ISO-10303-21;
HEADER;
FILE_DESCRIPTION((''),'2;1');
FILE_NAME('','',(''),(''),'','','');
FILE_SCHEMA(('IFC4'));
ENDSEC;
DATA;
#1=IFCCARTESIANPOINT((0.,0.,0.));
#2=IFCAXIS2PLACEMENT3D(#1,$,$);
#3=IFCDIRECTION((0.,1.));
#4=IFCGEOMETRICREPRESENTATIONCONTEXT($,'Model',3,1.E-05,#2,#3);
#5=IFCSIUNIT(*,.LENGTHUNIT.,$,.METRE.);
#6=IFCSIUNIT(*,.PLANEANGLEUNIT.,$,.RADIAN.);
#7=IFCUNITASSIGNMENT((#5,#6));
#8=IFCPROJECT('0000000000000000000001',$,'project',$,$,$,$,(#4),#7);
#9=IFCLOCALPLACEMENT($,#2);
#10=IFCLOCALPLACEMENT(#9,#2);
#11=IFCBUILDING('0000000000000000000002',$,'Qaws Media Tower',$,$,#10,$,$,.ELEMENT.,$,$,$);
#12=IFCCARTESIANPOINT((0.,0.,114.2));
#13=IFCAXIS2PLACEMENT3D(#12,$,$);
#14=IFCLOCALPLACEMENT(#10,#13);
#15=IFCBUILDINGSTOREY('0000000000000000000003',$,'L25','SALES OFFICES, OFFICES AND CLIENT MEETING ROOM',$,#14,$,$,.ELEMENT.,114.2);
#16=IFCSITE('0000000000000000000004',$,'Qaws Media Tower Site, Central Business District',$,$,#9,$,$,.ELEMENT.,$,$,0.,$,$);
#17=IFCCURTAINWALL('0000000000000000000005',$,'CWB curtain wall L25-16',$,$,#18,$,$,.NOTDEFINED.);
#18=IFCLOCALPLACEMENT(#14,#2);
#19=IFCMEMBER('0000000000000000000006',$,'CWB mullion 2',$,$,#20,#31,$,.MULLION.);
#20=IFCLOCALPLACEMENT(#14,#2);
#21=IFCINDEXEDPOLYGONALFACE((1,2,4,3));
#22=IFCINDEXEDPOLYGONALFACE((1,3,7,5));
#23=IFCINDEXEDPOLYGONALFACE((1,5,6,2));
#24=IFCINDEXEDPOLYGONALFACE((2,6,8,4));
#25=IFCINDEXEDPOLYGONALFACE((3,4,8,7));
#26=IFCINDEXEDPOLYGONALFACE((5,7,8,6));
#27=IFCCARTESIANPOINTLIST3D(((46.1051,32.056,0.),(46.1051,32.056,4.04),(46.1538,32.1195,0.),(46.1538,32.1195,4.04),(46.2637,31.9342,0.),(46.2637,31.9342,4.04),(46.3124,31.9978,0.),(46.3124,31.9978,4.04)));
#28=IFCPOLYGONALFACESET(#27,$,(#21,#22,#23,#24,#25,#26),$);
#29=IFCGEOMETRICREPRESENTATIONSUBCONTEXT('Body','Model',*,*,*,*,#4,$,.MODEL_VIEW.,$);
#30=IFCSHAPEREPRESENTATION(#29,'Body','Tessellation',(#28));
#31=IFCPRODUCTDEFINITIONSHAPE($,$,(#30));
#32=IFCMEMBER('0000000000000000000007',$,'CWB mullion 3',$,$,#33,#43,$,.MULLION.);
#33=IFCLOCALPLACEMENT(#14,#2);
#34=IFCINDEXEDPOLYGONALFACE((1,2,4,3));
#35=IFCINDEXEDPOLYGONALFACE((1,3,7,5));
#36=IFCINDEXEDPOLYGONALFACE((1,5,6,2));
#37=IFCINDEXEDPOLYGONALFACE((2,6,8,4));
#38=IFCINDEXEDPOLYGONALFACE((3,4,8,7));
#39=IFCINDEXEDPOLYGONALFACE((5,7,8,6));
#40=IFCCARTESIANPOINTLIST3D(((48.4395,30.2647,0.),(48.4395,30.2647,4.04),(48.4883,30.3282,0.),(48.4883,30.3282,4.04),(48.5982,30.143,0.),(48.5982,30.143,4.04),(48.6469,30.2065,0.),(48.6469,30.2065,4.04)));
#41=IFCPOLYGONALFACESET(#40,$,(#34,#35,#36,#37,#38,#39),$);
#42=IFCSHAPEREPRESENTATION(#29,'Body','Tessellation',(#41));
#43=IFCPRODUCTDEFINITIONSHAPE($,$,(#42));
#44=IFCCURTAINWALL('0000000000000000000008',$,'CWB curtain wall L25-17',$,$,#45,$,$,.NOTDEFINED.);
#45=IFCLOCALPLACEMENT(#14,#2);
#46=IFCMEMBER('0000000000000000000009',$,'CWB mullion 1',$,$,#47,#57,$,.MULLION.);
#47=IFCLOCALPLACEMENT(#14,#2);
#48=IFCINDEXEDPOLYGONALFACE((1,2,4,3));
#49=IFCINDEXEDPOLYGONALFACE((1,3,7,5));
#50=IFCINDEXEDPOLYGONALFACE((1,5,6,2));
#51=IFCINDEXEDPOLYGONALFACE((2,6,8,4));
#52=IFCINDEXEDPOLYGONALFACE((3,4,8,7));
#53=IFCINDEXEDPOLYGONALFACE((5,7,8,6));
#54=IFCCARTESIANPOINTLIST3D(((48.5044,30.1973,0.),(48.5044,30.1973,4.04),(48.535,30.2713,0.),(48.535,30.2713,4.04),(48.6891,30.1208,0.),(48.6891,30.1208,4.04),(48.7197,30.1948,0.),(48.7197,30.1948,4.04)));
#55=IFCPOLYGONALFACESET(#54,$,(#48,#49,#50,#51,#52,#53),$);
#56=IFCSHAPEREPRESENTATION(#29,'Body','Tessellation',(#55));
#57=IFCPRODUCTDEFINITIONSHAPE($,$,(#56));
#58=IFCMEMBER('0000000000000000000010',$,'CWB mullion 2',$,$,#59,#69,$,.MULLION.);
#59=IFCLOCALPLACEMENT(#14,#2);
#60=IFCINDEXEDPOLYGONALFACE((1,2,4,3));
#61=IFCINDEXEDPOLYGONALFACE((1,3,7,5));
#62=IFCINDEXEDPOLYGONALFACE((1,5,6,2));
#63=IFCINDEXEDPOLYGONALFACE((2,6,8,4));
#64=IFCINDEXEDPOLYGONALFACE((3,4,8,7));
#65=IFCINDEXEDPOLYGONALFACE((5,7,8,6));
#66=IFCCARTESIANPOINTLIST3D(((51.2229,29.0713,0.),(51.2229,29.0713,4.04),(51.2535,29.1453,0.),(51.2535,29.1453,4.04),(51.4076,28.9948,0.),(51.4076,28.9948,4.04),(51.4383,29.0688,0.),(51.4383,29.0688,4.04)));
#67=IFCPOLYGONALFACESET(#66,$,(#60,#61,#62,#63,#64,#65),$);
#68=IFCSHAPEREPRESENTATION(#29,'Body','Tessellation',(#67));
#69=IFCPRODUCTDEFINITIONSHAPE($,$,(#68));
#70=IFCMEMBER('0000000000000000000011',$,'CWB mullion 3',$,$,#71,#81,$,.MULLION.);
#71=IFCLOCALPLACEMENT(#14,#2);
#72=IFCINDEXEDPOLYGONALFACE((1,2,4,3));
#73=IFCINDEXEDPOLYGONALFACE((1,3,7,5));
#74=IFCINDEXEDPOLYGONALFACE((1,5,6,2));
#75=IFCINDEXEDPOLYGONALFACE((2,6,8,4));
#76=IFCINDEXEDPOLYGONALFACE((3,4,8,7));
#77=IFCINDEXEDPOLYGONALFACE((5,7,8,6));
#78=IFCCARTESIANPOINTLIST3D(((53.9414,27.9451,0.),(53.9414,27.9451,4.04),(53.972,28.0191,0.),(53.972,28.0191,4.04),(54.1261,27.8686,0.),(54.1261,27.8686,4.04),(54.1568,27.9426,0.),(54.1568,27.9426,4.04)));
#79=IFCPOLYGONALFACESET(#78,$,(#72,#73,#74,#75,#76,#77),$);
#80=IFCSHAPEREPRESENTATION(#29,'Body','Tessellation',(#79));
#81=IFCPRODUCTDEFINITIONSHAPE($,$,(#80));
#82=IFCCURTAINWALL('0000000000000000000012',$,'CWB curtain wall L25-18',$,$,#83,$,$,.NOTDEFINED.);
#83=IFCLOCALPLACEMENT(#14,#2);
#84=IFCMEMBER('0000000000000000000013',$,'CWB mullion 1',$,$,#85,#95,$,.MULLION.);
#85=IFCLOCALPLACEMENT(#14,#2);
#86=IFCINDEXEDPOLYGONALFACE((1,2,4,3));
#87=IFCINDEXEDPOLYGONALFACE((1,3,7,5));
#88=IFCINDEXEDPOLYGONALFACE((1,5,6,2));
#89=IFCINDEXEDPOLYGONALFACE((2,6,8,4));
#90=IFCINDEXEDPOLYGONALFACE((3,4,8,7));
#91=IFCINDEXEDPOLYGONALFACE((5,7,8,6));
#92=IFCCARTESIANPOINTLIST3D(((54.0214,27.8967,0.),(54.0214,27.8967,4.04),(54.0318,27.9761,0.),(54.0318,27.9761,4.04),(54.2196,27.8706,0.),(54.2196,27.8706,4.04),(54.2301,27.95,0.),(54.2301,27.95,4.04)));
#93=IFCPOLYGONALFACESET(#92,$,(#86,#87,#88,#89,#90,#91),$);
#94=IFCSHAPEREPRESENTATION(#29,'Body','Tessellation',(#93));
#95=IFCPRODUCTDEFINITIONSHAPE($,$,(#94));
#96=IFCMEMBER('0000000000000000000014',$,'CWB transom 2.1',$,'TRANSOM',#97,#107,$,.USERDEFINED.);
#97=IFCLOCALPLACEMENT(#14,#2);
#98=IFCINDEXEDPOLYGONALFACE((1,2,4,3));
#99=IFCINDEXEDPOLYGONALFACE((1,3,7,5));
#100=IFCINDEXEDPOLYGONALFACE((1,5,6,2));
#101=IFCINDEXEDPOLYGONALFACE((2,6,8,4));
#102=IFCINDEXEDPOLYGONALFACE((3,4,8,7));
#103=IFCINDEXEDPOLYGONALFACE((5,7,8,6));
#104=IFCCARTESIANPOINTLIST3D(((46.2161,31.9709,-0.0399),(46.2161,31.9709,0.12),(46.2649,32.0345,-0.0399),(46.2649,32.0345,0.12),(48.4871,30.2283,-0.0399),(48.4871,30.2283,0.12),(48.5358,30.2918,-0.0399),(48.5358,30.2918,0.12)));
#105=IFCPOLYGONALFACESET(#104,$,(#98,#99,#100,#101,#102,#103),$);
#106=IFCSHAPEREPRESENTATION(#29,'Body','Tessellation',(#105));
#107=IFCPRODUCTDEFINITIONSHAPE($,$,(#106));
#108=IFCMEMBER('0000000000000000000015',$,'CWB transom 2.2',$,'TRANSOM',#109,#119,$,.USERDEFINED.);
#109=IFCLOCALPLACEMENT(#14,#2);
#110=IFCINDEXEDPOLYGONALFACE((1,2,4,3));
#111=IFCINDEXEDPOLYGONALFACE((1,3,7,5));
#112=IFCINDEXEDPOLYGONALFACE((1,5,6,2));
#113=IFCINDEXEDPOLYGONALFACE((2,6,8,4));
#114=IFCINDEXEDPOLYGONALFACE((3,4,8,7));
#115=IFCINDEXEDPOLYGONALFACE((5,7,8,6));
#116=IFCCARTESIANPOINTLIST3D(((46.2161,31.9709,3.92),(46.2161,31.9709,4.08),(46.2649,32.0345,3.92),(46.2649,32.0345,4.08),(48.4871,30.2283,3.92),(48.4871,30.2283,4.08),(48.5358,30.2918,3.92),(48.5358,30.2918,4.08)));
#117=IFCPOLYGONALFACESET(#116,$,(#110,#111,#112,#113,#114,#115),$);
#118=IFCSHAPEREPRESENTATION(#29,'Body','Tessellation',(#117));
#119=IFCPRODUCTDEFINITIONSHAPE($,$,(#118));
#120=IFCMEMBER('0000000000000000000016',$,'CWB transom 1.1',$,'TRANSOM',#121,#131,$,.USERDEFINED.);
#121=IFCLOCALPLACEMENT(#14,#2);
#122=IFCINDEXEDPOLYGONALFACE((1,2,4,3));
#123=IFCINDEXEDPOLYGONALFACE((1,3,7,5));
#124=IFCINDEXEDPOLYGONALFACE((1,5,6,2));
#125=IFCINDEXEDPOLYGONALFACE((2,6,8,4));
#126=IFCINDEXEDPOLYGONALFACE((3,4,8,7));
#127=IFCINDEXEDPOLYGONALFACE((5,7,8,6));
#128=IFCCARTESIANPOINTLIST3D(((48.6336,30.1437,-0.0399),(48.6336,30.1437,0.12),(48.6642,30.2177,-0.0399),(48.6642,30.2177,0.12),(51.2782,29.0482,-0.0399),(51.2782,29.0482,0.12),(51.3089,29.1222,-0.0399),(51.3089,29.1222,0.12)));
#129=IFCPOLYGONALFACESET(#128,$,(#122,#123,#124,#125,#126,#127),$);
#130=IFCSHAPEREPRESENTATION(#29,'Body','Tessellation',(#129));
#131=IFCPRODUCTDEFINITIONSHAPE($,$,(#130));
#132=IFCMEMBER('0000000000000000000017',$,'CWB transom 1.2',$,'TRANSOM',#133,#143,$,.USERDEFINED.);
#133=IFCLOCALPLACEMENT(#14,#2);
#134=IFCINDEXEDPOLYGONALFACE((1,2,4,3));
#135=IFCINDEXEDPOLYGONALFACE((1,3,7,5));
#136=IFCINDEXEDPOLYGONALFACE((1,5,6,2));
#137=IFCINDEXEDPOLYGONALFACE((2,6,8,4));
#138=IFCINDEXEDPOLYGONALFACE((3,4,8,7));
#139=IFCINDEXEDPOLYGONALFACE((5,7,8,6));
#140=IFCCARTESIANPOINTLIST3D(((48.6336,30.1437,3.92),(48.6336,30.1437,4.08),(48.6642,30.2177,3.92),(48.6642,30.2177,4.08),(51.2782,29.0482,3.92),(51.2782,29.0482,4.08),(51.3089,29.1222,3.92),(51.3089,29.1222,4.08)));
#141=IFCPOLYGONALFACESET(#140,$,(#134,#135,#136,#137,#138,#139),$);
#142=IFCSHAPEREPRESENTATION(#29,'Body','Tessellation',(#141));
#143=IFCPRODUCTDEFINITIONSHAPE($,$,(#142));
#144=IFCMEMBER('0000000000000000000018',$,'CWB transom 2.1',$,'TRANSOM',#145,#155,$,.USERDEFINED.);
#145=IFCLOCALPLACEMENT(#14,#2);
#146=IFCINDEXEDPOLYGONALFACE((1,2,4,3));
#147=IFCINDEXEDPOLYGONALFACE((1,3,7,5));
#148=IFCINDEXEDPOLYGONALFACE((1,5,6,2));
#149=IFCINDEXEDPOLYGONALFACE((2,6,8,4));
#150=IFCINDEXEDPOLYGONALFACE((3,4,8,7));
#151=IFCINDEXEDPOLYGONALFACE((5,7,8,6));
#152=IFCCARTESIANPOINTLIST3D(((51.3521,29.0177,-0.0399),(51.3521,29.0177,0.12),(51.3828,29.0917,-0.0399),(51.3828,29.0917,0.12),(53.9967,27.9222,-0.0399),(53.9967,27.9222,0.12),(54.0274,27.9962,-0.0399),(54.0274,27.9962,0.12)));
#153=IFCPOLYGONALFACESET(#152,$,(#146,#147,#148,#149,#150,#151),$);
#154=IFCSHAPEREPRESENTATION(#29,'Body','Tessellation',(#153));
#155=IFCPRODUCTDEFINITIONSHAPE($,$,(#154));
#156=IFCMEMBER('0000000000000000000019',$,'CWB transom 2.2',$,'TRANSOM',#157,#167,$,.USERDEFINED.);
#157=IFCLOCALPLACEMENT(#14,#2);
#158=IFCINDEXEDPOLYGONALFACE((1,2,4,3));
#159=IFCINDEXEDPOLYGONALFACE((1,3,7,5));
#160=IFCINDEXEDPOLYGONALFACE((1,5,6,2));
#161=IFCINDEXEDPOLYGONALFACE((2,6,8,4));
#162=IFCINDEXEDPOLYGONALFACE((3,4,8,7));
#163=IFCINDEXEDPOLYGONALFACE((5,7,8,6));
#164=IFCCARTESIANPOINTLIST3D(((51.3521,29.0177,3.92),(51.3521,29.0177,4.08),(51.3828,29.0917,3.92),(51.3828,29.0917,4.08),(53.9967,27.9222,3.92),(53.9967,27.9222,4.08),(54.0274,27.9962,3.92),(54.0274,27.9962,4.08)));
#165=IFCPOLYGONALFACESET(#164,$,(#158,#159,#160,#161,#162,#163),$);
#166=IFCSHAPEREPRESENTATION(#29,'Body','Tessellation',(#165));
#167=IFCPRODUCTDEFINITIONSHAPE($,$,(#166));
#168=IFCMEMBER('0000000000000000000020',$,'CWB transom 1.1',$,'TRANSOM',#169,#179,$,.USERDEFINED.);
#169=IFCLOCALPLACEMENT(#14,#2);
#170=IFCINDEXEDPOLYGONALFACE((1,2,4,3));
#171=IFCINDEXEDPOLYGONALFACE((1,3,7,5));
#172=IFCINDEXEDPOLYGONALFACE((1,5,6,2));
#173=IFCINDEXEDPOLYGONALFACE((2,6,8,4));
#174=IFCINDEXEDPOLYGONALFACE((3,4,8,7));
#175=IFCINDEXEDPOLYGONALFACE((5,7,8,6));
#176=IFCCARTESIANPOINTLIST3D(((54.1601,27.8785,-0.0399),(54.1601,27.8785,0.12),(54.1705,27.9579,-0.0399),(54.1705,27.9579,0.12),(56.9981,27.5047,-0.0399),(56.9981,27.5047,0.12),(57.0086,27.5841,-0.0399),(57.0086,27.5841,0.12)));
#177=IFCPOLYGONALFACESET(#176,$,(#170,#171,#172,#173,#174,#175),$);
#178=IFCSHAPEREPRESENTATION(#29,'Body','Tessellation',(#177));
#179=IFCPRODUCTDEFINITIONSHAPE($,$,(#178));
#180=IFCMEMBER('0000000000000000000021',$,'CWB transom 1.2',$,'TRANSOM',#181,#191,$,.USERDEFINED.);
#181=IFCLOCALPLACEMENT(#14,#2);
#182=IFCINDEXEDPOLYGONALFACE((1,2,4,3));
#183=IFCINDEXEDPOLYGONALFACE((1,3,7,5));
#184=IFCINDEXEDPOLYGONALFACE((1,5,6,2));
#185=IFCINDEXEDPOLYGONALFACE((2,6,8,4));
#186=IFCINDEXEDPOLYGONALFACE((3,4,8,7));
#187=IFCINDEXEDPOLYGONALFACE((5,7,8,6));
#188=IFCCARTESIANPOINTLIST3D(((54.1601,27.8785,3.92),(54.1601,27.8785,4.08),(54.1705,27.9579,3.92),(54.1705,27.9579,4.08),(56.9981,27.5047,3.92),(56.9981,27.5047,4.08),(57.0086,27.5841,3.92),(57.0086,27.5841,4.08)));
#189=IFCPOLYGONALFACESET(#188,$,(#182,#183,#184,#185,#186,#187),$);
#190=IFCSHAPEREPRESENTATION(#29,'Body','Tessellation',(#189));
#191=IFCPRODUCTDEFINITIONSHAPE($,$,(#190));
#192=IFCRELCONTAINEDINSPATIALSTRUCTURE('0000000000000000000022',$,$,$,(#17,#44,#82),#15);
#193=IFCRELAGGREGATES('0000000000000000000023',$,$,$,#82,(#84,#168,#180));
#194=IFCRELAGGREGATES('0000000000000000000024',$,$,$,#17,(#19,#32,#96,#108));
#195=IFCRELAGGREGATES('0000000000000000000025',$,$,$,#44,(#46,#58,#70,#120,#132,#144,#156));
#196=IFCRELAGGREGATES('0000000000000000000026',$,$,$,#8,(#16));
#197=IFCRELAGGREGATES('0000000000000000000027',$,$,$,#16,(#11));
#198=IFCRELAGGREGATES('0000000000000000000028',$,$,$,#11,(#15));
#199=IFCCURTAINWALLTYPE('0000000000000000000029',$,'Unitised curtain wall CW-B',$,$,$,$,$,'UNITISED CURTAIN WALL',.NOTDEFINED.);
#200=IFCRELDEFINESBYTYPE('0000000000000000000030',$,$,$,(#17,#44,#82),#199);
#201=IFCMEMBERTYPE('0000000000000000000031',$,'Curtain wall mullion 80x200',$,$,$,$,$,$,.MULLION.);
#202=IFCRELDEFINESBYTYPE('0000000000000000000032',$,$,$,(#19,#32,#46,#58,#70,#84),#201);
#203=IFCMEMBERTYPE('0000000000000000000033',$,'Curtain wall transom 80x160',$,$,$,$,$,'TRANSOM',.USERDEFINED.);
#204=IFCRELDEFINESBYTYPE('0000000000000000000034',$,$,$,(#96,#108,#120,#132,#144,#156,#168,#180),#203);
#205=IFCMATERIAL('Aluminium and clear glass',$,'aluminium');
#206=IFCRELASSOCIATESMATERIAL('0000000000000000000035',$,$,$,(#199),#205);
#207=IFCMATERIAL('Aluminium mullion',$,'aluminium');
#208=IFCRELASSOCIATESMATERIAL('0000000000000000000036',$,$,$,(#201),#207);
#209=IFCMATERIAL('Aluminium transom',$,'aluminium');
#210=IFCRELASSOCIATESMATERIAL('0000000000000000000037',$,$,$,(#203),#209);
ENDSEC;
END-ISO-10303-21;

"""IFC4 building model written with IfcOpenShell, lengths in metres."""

from ifc_helpers import new_model, si_unit, direction, frame, origin, origin_2d, place, context, subcontext, project, spatial, rectangle, extrude, material, material_profile, profile_set, type_object, element, aggregate, save


model = new_model("IFC4")

# Units and contexts
model_context = context("Model", 3, precision=1e-05, world=origin(), true_north=direction((0.0, 1.0)))
body_context = subcontext(model_context, "Body", "Model", "MODEL_VIEW")
ifc_project = project(units=[si_unit("LENGTHUNIT", "METRE"), si_unit("PLANEANGLEUNIT", "RADIAN")], contexts=[model_context])

# Site, building, storey
site_placement = place(None, origin())
site = spatial("IfcSite", under=ifc_project, at=site_placement, Name="Qaws Media Tower Site, Central Business District", CompositionType="ELEMENT", RefElevation=0.0)
building_placement = place(site_placement, origin())
building = spatial("IfcBuilding", under=site, at=building_placement, Name="Qaws Media Tower", CompositionType="ELEMENT")
storey_placement = place(building_placement, frame((0.0, 0.0, 114.2)))
storey = spatial("IfcBuildingStorey", under=building, at=storey_placement, Name="L25", Description="SALES OFFICES, OFFICES AND CLIENT MEETING ROOM", CompositionType="ELEMENT", Elevation=114.2)

# Curtain walls, members
ifc_material_1 = material(Name="Aluminium and clear glass", Category="aluminium")
curtain_wall_type = type_object("IfcCurtainWallType", Name="Unitised curtain wall CW-B", ElementType="UNITISED CURTAIN WALL", PredefinedType="NOTDEFINED", material=ifc_material_1)
curtain_wall_1_placement = place(storey_placement, origin())
curtain_wall_1 = element("IfcCurtainWall", 1, at=curtain_wall_1_placement, inside=storey, type_object=curtain_wall_type, Name="CWB curtain wall L25-16", PredefinedType="NOTDEFINED")
ifc_material_2 = material(Name="Aluminium mullion", Category="aluminium")
ifc_material_profile_1 = material_profile(ifc_material_2, rectangle(XDim=0.0801, YDim=0.2, at=origin_2d()), Name="80x200")
ifc_profile_set_1 = profile_set([ifc_material_profile_1], Name="Aluminium mullion")
member_type_1 = type_object("IfcMemberType", Name="Curtain wall mullion 80x200", PredefinedType="MULLION", material=ifc_profile_set_1)
member_1_placement = place(storey_placement, frame((46.2087, 32.0269, 0.0), z_axis=(0.0, 0.0, 1.0), x_axis=(0.608761, 0.793353, 0.0)))
member_1 = element("IfcMember", 2, at=member_1_placement, type_object=member_type_1, Name="CWB mullion 2", PredefinedType="MULLION", context=body_context, shape_type="SweptSolid", body=[
    extrude(rectangle(XDim=0.0801, YDim=0.2, at=origin_2d()), origin(), (0.0, 0.0, 1.0), 4.04),
])
member_2_placement = place(storey_placement, frame((48.5432, 30.2356, 0.0), z_axis=(0.0, 0.0, 1.0), x_axis=(0.608761, 0.793353, 0.0)))
member_2 = element("IfcMember", 3, at=member_2_placement, type_object=member_type_1, Name="CWB mullion 3", PredefinedType="MULLION", context=body_context, shape_type="SweptSolid", body=[
    extrude(rectangle(XDim=0.0801, YDim=0.2, at=origin_2d()), origin(), (0.0, 0.0, 1.0), 4.04),
])
curtain_wall_2_placement = place(storey_placement, origin())
curtain_wall_2 = element("IfcCurtainWall", 4, at=curtain_wall_2_placement, inside=storey, type_object=curtain_wall_type, Name="CWB curtain wall L25-17", PredefinedType="NOTDEFINED")
member_3_placement = place(storey_placement, frame((48.6121, 30.196, 0.0), z_axis=(0.0, 0.0, 1.0), x_axis=(0.382683, 0.92388, 0.0)))
member_3 = element("IfcMember", 5, at=member_3_placement, type_object=member_type_1, Name="CWB mullion 1", PredefinedType="MULLION", context=body_context, shape_type="SweptSolid", body=[
    extrude(rectangle(XDim=0.0801, YDim=0.2, at=origin_2d()), origin(), (0.0, 0.0, 1.0), 4.04),
])
member_4_placement = place(storey_placement, frame((51.3306, 29.0701, 0.0), z_axis=(0.0, 0.0, 1.0), x_axis=(0.382683, 0.92388, 0.0)))
member_4 = element("IfcMember", 6, at=member_4_placement, type_object=member_type_1, Name="CWB mullion 2", PredefinedType="MULLION", context=body_context, shape_type="SweptSolid", body=[
    extrude(rectangle(XDim=0.0801, YDim=0.2, at=origin_2d()), origin(), (0.0, 0.0, 1.0), 4.04),
])
member_5_placement = place(storey_placement, frame((54.0491, 27.9438, 0.0), z_axis=(0.0, 0.0, 1.0), x_axis=(0.382683, 0.92388, 0.0)))
member_5 = element("IfcMember", 7, at=member_5_placement, type_object=member_type_1, Name="CWB mullion 3", PredefinedType="MULLION", context=body_context, shape_type="SweptSolid", body=[
    extrude(rectangle(XDim=0.0801, YDim=0.2, at=origin_2d()), origin(), (0.0, 0.0, 1.0), 4.04),
])

# Curtain wall, member
curtain_wall_3_placement = place(storey_placement, origin())
curtain_wall_3 = element("IfcCurtainWall", 8, at=curtain_wall_3_placement, inside=storey, type_object=curtain_wall_type, Name="CWB curtain wall L25-18", PredefinedType="NOTDEFINED")
member_6_placement = place(storey_placement, frame((54.1257, 27.9233, 0.0), z_axis=(0.0, 0.0, 1.0), x_axis=(0.130526, 0.991445, 0.0)))
member_6 = element("IfcMember", 9, at=member_6_placement, type_object=member_type_1, Name="CWB mullion 1", PredefinedType="MULLION", context=body_context, shape_type="SweptSolid", body=[
    extrude(rectangle(XDim=0.0801, YDim=0.2, at=origin_2d()), origin(), (0.0, 0.0, 1.0), 4.04),
])

# Members
ifc_material_3 = material(Name="Aluminium transom", Category="aluminium")
ifc_material_profile_2 = material_profile(ifc_material_3, rectangle(XDim=0.0801, YDim=0.1599, at=origin_2d()), Name="80x160")
ifc_profile_set_2 = profile_set([ifc_material_profile_2], Name="Aluminium transom")
member_type_2 = type_object("IfcMemberType", Name="Curtain wall transom 80x160", ElementType="TRANSOM", PredefinedType="USERDEFINED", material=ifc_profile_set_2)
member_7_placement = place(storey_placement, frame((46.2405, 32.0027, 0.04), z_axis=(0.79334, -0.608779, 0.0), x_axis=(0.608779, 0.79334, 0.0)))
member_7 = element("IfcMember", 10, at=member_7_placement, type_object=member_type_2, Name="CWB transom 2.1", ObjectType="TRANSOM", PredefinedType="USERDEFINED", context=body_context, shape_type="SweptSolid", body=[
    extrude(rectangle(XDim=0.0801, YDim=0.1599, at=origin_2d()), origin(), (0.0, 0.0, 1.0), 2.8625),
])
member_8_placement = place(storey_placement, frame((46.2405, 32.0027, 4.0), z_axis=(0.79334, -0.608779, 0.0), x_axis=(0.608779, 0.79334, 0.0)))
member_8 = element("IfcMember", 11, at=member_8_placement, type_object=member_type_2, Name="CWB transom 2.2", ObjectType="TRANSOM", PredefinedType="USERDEFINED", context=body_context, shape_type="SweptSolid", body=[
    extrude(rectangle(XDim=0.0801, YDim=0.1599, at=origin_2d()), origin(), (0.0, 0.0, 1.0), 2.8625),
])
member_9_placement = place(storey_placement, frame((48.6489, 30.1807, 0.04), z_axis=(0.923872, -0.382701, 0.0), x_axis=(0.382701, 0.923872, 0.0)))
member_9 = element("IfcMember", 12, at=member_9_placement, type_object=member_type_2, Name="CWB transom 1.1", ObjectType="TRANSOM", PredefinedType="USERDEFINED", context=body_context, shape_type="SweptSolid", body=[
    extrude(rectangle(XDim=0.0801, YDim=0.1599, at=origin_2d()), origin(), (0.0, 0.0, 1.0), 2.8625),
])
member_10_placement = place(storey_placement, frame((48.6489, 30.1807, 4.0), z_axis=(0.923872, -0.382701, 0.0), x_axis=(0.382701, 0.923872, 0.0)))
member_10 = element("IfcMember", 13, at=member_10_placement, type_object=member_type_2, Name="CWB transom 1.2", ObjectType="TRANSOM", PredefinedType="USERDEFINED", context=body_context, shape_type="SweptSolid", body=[
    extrude(rectangle(XDim=0.0801, YDim=0.1599, at=origin_2d()), origin(), (0.0, 0.0, 1.0), 2.8625),
])
member_11_placement = place(storey_placement, frame((51.3674, 29.0547, 0.04), z_axis=(0.923872, -0.382701, 0.0), x_axis=(0.382701, 0.923872, 0.0)))
member_11 = element("IfcMember", 14, at=member_11_placement, type_object=member_type_2, Name="CWB transom 2.1", ObjectType="TRANSOM", PredefinedType="USERDEFINED", context=body_context, shape_type="SweptSolid", body=[
    extrude(rectangle(XDim=0.0801, YDim=0.1599, at=origin_2d()), origin(), (0.0, 0.0, 1.0), 2.8625),
])
member_12_placement = place(storey_placement, frame((51.3674, 29.0547, 4.0), z_axis=(0.923872, -0.382701, 0.0), x_axis=(0.382701, 0.923872, 0.0)))
member_12 = element("IfcMember", 15, at=member_12_placement, type_object=member_type_2, Name="CWB transom 2.2", ObjectType="TRANSOM", PredefinedType="USERDEFINED", context=body_context, shape_type="SweptSolid", body=[
    extrude(rectangle(XDim=0.0801, YDim=0.1599, at=origin_2d()), origin(), (0.0, 0.0, 1.0), 2.8625),
])
member_13_placement = place(storey_placement, frame((54.1653, 27.9182, 0.04), z_axis=(0.991439, -0.130571, 0.0), x_axis=(0.130571, 0.991439, 0.0)))
member_13 = element("IfcMember", 16, at=member_13_placement, type_object=member_type_2, Name="CWB transom 1.1", ObjectType="TRANSOM", PredefinedType="USERDEFINED", context=body_context, shape_type="SweptSolid", body=[
    extrude(rectangle(XDim=0.0801, YDim=0.1599, at=origin_2d()), origin(), (0.0, 0.0, 1.0), 2.8625),
])
member_14_placement = place(storey_placement, frame((54.1653, 27.9182, 4.0), z_axis=(0.991439, -0.130571, 0.0), x_axis=(0.130571, 0.991439, 0.0)))
member_14 = element("IfcMember", 17, at=member_14_placement, type_object=member_type_2, Name="CWB transom 1.2", ObjectType="TRANSOM", PredefinedType="USERDEFINED", context=body_context, shape_type="SweptSolid", body=[
    extrude(rectangle(XDim=0.0801, YDim=0.1599, at=origin_2d()), origin(), (0.0, 0.0, 1.0), 2.8625),
])
aggregate(curtain_wall_3, [member_6, member_13, member_14])

aggregate(curtain_wall_1, [member_1, member_2, member_7, member_8])
aggregate(curtain_wall_2, [member_3, member_4, member_5, member_9, member_10, member_11, member_12])

save(model, "model.ifc")
